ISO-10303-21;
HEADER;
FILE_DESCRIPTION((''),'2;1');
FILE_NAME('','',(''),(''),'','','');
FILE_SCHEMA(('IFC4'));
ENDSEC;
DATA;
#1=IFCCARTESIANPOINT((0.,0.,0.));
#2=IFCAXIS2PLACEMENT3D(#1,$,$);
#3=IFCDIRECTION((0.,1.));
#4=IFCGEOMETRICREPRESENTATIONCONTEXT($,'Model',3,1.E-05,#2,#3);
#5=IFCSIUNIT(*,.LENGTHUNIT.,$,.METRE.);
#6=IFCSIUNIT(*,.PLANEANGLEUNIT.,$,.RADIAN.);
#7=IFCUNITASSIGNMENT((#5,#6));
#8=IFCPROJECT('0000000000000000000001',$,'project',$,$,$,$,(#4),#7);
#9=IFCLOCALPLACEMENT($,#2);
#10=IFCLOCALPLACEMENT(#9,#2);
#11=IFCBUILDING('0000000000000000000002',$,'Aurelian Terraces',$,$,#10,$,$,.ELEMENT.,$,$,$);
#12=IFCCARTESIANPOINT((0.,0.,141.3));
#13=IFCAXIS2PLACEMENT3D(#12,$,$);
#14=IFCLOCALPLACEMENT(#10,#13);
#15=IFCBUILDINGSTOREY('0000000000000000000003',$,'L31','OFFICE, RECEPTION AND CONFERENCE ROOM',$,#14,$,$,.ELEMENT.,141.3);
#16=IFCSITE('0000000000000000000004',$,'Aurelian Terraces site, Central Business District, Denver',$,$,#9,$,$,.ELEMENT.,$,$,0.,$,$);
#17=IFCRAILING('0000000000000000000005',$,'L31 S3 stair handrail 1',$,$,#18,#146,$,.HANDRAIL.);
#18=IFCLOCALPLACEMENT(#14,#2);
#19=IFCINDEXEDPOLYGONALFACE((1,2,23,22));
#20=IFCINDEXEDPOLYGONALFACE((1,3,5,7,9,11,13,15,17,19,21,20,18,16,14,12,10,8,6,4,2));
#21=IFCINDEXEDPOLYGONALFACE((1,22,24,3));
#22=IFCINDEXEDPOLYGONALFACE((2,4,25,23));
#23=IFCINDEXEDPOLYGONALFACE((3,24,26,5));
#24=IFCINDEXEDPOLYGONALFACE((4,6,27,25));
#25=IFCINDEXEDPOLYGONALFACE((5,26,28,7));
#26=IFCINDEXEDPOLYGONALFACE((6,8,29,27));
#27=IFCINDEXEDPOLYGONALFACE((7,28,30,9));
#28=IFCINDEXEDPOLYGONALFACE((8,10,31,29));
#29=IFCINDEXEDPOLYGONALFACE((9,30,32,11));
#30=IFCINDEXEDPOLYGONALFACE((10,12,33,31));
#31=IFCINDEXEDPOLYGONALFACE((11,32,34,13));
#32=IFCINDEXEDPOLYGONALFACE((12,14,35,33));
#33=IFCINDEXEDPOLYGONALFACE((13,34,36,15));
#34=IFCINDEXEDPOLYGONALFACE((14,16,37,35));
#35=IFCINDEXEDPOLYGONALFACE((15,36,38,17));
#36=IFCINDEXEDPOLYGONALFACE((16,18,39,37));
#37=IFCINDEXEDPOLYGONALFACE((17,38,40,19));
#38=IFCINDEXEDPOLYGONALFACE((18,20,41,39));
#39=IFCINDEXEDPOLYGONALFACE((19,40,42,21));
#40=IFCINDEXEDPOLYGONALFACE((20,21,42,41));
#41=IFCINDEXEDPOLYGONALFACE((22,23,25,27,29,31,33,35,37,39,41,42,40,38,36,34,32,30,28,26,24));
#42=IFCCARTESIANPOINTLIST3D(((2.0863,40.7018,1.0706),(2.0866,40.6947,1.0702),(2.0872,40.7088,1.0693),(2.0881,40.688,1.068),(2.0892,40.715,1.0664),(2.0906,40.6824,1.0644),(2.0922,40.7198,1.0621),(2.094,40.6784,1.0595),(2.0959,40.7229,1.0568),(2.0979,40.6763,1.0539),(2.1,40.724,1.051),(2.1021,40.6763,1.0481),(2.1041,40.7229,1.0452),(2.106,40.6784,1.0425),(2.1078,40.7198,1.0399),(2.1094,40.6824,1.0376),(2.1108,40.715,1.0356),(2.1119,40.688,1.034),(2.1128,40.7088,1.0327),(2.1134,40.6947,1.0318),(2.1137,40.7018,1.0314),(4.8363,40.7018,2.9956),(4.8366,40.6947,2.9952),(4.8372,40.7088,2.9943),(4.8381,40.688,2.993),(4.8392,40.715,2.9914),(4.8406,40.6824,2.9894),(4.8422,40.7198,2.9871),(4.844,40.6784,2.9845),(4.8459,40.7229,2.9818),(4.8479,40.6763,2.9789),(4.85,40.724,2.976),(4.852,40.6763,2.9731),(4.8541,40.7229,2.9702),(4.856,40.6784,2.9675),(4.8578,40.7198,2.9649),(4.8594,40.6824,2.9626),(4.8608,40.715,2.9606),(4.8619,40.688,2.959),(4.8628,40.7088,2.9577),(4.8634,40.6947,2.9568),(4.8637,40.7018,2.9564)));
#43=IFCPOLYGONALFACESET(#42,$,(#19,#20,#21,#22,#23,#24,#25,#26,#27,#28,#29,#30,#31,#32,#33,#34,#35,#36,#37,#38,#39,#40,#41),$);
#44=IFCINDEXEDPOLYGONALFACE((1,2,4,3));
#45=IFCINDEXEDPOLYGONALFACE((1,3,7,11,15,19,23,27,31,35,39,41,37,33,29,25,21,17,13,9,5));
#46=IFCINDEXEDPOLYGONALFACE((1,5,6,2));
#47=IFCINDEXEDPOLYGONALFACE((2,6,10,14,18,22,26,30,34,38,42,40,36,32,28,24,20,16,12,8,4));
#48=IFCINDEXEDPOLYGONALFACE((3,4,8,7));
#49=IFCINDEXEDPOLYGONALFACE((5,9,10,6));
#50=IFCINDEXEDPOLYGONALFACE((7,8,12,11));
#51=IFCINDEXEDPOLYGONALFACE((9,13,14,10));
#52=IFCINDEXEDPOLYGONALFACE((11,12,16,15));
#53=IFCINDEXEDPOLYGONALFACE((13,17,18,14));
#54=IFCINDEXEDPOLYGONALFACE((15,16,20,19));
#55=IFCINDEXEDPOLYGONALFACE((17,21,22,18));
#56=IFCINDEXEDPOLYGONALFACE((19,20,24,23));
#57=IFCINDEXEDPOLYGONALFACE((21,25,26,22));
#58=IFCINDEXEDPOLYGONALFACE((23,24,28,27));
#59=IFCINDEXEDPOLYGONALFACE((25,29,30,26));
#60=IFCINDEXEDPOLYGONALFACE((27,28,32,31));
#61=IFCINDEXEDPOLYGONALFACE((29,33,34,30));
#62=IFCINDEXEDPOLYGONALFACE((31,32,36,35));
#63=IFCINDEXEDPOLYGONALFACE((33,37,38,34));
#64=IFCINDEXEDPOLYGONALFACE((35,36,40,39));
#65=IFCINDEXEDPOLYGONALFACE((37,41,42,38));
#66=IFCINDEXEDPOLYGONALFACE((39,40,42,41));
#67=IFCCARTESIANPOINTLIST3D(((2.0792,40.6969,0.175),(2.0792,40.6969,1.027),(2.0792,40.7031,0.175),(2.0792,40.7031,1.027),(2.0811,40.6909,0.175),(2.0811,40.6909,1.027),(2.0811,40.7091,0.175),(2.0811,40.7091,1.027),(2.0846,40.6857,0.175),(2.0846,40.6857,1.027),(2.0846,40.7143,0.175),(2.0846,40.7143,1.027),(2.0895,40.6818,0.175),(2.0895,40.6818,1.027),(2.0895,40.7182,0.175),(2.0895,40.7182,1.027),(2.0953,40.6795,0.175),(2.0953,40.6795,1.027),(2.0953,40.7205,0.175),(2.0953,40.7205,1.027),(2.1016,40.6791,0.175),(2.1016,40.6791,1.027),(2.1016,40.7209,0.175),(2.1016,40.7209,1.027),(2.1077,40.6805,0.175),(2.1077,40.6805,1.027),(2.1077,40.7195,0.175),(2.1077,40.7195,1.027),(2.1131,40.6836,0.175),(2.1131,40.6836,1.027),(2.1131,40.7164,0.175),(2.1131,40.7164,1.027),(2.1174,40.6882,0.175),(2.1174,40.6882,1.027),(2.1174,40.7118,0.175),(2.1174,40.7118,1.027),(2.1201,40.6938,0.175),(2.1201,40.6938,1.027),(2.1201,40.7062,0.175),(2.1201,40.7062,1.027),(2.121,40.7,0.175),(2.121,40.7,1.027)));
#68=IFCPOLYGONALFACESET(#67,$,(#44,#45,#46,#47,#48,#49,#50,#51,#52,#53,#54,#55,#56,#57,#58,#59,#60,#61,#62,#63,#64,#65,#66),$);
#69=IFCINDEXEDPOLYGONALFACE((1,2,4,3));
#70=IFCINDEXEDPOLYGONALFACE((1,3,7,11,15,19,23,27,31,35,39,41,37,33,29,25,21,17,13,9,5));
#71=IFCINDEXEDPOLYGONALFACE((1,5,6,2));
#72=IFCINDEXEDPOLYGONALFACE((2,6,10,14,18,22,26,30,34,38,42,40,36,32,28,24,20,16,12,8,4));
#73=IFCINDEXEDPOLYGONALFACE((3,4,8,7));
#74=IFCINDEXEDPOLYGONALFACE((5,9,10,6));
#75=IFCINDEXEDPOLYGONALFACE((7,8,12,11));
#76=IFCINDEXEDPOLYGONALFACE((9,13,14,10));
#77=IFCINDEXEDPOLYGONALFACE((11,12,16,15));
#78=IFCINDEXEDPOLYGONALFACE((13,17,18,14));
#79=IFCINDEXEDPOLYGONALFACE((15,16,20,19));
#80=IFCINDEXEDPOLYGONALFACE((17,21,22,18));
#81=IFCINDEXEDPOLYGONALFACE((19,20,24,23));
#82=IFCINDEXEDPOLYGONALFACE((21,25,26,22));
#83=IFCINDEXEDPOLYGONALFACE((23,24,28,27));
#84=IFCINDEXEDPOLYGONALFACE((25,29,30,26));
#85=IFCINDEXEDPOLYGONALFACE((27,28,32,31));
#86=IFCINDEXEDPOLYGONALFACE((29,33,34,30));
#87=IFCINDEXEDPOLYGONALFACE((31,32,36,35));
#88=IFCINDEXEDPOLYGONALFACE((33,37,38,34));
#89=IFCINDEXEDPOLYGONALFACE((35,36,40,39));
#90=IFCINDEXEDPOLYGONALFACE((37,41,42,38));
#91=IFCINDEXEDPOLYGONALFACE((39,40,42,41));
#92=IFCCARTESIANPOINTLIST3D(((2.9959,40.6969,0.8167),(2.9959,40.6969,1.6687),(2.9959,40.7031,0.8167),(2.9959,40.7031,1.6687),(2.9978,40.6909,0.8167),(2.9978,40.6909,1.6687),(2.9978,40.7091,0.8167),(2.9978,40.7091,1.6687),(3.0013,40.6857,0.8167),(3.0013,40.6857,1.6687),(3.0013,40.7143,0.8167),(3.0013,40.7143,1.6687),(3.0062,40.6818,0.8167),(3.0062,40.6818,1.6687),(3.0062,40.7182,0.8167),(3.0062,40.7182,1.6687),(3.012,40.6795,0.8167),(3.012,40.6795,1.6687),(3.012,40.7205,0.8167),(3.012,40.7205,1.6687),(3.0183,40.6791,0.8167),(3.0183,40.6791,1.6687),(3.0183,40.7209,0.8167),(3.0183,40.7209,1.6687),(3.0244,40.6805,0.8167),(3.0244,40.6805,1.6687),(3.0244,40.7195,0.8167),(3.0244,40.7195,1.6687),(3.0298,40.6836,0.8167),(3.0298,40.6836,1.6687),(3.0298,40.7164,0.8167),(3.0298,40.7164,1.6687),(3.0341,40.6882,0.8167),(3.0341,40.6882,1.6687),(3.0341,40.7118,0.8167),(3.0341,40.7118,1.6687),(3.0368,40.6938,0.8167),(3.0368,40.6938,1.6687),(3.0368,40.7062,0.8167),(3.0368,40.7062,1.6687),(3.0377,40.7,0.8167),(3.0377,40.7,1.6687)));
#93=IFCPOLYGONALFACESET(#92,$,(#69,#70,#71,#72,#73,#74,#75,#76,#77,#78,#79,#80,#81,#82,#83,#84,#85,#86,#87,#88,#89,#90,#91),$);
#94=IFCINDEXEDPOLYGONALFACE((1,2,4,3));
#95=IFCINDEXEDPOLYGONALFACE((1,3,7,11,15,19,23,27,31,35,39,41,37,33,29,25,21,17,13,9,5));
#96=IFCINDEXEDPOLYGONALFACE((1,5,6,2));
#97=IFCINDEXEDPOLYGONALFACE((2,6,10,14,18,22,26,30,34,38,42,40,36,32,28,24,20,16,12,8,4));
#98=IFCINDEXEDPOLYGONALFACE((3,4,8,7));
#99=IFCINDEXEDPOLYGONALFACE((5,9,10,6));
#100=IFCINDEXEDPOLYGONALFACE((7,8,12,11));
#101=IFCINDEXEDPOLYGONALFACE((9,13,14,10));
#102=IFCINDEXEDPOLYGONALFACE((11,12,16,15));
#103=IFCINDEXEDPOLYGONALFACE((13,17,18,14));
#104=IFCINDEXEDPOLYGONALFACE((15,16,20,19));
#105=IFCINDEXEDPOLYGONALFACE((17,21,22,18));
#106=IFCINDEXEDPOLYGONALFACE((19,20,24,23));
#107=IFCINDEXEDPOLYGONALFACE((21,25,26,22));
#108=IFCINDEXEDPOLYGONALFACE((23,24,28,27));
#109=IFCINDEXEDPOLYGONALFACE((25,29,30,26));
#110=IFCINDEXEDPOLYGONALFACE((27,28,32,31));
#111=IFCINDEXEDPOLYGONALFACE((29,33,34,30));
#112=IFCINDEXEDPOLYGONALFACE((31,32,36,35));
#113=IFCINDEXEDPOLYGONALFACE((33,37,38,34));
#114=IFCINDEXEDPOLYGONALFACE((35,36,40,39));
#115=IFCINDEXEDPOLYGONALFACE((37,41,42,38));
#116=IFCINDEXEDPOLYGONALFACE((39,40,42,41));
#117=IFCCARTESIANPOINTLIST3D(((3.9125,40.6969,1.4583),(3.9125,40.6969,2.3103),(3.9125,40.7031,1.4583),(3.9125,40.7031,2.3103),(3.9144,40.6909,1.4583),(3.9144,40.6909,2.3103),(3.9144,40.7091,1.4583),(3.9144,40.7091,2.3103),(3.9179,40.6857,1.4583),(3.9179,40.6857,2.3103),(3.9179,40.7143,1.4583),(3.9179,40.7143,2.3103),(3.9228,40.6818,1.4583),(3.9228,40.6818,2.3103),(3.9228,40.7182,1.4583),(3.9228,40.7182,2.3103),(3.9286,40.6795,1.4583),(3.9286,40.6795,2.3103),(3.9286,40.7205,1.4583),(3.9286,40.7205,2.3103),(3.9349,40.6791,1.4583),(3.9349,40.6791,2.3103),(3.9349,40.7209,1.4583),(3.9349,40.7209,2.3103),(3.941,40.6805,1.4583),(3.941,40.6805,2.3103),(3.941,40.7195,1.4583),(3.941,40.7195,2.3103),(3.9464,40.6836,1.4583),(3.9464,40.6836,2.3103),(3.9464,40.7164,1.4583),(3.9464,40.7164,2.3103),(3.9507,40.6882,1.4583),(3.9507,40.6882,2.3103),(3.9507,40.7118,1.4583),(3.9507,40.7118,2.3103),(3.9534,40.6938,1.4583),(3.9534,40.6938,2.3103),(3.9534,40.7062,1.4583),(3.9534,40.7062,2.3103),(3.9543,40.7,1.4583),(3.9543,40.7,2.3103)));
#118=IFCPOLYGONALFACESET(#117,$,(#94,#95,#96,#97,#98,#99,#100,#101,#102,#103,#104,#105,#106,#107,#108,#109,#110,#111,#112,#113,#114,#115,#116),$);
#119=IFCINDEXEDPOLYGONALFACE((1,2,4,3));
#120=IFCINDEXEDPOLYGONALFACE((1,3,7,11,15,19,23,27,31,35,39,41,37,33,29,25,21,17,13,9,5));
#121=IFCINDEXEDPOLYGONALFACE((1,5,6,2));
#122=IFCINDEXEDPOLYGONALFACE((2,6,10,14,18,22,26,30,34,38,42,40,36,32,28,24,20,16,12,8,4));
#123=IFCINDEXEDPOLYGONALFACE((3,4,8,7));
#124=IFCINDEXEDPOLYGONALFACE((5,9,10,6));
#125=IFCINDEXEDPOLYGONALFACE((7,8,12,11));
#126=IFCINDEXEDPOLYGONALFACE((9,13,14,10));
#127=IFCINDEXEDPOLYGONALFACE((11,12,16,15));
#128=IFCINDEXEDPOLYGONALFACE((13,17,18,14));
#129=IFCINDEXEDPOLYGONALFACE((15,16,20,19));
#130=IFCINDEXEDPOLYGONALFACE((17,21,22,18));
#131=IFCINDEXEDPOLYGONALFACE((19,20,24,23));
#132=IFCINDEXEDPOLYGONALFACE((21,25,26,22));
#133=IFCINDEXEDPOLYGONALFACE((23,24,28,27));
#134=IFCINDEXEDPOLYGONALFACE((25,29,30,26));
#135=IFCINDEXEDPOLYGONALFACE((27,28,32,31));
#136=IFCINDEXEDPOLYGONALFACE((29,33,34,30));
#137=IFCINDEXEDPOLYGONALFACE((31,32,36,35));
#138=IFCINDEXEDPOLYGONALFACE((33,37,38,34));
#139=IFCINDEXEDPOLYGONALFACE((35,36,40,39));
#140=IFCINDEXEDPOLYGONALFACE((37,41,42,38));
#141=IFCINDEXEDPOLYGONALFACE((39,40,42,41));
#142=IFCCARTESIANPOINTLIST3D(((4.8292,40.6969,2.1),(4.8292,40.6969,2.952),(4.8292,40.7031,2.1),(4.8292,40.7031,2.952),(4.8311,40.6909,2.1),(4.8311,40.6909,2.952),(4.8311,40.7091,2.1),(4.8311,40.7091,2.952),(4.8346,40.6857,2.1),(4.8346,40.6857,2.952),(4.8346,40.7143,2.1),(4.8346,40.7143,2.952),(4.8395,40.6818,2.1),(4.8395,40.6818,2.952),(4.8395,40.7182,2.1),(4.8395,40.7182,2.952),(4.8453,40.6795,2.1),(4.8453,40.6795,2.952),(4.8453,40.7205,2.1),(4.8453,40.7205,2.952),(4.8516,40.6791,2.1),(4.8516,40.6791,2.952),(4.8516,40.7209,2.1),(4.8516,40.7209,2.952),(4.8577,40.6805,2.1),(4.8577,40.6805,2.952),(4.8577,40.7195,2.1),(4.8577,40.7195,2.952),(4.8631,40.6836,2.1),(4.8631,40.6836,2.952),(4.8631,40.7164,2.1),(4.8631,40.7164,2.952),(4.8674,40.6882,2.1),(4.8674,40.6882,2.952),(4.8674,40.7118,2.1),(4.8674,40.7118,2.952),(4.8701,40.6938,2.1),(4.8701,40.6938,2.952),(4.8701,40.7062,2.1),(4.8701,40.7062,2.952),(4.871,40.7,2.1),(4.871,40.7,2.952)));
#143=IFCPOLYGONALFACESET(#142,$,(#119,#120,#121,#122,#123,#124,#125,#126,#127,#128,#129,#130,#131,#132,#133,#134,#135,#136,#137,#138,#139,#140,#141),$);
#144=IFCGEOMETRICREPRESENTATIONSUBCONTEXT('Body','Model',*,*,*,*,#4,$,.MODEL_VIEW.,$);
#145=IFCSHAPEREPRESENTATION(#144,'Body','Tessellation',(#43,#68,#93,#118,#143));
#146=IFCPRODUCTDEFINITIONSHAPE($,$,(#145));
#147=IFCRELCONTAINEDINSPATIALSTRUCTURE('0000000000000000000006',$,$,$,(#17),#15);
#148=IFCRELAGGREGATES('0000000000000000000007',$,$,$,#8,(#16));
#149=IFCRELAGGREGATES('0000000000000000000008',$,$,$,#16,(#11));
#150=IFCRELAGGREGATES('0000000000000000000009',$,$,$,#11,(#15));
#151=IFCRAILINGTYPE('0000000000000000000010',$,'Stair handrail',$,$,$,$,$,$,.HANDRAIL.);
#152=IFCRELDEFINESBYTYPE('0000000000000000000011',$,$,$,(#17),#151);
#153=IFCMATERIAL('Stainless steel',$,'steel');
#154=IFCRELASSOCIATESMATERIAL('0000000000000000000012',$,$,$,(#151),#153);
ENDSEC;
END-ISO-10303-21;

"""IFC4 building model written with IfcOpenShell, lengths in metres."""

from ifc_helpers import new_model, si_unit, direction, frame, origin, origin_2d, place, context, subcontext, project, spatial, circle, extrude, source, transform, mapped, material, type_object, element, save


model = new_model("IFC4")

# Units and contexts
model_context = context("Model", 3, precision=1e-05, world=origin(), true_north=direction((0.0, 1.0)))
body_context = subcontext(model_context, "Body", "Model", "MODEL_VIEW")
ifc_project = project(units=[si_unit("LENGTHUNIT", "METRE"), si_unit("PLANEANGLEUNIT", "RADIAN")], contexts=[model_context])

# Site, building, storey
site_placement = place(None, origin())
site = spatial("IfcSite", under=ifc_project, at=site_placement, Name="Aurelian Terraces site, Central Business District, Denver", CompositionType="ELEMENT", RefElevation=0.0)
building_placement = place(site_placement, origin())
building = spatial("IfcBuilding", under=site, at=building_placement, Name="Aurelian Terraces", CompositionType="ELEMENT")
storey_placement = place(building_placement, frame((0.0, 0.0, 141.3)))
storey = spatial("IfcBuildingStorey", under=building, at=storey_placement, Name="L31", Description="OFFICE, RECEPTION AND CONFERENCE ROOM", CompositionType="ELEMENT", Elevation=141.3)

# Railing
ifc_material_1 = material(Name="Stainless steel", Category="steel")
railing_type_1 = type_object("IfcRailingType", Name="Stair handrail", PredefinedType="HANDRAIL", material=ifc_material_1)
shared_shape_1 = source(origin(), body_context, "Body", "SweptSolid", [
    extrude(circle(Radius=0.024, at=origin_2d()), frame((0.0, 0.0, 0.876), z_axis=(0.819232, 0.0, 0.573462), x_axis=(0.0, 1.0, 0.0)), (0.0, 0.0, 1.0), 3.3568),
    extrude(circle(Radius=0.021, at=origin_2d()), origin(), (0.0, 0.0, 1.0), 0.852),
    extrude(circle(Radius=0.021, at=origin_2d()), frame((0.9167, 0.0, 0.6417)), (0.0, 0.0, 1.0), 0.852),
    extrude(circle(Radius=0.021, at=origin_2d()), frame((1.8333, 0.0, 1.2833)), (0.0, 0.0, 1.0), 0.852),
    extrude(circle(Radius=0.021, at=origin_2d()), frame((2.75, 0.0, 1.925)), (0.0, 0.0, 1.0), 0.852),
])
railing_1_placement = place(storey_placement, frame((2.1, 40.7, 0.175)))
element("IfcRailing", 1, at=railing_1_placement, inside=storey, type_object=railing_type_1, Name="L31 S3 stair handrail 1", PredefinedType="HANDRAIL", context=body_context, shape_type="MappedRepresentation", body=[
    mapped(shared_shape_1, transform((0.0, 0.0, 0.0), scale=1.0)),
])

save(model, "model.ifc")
